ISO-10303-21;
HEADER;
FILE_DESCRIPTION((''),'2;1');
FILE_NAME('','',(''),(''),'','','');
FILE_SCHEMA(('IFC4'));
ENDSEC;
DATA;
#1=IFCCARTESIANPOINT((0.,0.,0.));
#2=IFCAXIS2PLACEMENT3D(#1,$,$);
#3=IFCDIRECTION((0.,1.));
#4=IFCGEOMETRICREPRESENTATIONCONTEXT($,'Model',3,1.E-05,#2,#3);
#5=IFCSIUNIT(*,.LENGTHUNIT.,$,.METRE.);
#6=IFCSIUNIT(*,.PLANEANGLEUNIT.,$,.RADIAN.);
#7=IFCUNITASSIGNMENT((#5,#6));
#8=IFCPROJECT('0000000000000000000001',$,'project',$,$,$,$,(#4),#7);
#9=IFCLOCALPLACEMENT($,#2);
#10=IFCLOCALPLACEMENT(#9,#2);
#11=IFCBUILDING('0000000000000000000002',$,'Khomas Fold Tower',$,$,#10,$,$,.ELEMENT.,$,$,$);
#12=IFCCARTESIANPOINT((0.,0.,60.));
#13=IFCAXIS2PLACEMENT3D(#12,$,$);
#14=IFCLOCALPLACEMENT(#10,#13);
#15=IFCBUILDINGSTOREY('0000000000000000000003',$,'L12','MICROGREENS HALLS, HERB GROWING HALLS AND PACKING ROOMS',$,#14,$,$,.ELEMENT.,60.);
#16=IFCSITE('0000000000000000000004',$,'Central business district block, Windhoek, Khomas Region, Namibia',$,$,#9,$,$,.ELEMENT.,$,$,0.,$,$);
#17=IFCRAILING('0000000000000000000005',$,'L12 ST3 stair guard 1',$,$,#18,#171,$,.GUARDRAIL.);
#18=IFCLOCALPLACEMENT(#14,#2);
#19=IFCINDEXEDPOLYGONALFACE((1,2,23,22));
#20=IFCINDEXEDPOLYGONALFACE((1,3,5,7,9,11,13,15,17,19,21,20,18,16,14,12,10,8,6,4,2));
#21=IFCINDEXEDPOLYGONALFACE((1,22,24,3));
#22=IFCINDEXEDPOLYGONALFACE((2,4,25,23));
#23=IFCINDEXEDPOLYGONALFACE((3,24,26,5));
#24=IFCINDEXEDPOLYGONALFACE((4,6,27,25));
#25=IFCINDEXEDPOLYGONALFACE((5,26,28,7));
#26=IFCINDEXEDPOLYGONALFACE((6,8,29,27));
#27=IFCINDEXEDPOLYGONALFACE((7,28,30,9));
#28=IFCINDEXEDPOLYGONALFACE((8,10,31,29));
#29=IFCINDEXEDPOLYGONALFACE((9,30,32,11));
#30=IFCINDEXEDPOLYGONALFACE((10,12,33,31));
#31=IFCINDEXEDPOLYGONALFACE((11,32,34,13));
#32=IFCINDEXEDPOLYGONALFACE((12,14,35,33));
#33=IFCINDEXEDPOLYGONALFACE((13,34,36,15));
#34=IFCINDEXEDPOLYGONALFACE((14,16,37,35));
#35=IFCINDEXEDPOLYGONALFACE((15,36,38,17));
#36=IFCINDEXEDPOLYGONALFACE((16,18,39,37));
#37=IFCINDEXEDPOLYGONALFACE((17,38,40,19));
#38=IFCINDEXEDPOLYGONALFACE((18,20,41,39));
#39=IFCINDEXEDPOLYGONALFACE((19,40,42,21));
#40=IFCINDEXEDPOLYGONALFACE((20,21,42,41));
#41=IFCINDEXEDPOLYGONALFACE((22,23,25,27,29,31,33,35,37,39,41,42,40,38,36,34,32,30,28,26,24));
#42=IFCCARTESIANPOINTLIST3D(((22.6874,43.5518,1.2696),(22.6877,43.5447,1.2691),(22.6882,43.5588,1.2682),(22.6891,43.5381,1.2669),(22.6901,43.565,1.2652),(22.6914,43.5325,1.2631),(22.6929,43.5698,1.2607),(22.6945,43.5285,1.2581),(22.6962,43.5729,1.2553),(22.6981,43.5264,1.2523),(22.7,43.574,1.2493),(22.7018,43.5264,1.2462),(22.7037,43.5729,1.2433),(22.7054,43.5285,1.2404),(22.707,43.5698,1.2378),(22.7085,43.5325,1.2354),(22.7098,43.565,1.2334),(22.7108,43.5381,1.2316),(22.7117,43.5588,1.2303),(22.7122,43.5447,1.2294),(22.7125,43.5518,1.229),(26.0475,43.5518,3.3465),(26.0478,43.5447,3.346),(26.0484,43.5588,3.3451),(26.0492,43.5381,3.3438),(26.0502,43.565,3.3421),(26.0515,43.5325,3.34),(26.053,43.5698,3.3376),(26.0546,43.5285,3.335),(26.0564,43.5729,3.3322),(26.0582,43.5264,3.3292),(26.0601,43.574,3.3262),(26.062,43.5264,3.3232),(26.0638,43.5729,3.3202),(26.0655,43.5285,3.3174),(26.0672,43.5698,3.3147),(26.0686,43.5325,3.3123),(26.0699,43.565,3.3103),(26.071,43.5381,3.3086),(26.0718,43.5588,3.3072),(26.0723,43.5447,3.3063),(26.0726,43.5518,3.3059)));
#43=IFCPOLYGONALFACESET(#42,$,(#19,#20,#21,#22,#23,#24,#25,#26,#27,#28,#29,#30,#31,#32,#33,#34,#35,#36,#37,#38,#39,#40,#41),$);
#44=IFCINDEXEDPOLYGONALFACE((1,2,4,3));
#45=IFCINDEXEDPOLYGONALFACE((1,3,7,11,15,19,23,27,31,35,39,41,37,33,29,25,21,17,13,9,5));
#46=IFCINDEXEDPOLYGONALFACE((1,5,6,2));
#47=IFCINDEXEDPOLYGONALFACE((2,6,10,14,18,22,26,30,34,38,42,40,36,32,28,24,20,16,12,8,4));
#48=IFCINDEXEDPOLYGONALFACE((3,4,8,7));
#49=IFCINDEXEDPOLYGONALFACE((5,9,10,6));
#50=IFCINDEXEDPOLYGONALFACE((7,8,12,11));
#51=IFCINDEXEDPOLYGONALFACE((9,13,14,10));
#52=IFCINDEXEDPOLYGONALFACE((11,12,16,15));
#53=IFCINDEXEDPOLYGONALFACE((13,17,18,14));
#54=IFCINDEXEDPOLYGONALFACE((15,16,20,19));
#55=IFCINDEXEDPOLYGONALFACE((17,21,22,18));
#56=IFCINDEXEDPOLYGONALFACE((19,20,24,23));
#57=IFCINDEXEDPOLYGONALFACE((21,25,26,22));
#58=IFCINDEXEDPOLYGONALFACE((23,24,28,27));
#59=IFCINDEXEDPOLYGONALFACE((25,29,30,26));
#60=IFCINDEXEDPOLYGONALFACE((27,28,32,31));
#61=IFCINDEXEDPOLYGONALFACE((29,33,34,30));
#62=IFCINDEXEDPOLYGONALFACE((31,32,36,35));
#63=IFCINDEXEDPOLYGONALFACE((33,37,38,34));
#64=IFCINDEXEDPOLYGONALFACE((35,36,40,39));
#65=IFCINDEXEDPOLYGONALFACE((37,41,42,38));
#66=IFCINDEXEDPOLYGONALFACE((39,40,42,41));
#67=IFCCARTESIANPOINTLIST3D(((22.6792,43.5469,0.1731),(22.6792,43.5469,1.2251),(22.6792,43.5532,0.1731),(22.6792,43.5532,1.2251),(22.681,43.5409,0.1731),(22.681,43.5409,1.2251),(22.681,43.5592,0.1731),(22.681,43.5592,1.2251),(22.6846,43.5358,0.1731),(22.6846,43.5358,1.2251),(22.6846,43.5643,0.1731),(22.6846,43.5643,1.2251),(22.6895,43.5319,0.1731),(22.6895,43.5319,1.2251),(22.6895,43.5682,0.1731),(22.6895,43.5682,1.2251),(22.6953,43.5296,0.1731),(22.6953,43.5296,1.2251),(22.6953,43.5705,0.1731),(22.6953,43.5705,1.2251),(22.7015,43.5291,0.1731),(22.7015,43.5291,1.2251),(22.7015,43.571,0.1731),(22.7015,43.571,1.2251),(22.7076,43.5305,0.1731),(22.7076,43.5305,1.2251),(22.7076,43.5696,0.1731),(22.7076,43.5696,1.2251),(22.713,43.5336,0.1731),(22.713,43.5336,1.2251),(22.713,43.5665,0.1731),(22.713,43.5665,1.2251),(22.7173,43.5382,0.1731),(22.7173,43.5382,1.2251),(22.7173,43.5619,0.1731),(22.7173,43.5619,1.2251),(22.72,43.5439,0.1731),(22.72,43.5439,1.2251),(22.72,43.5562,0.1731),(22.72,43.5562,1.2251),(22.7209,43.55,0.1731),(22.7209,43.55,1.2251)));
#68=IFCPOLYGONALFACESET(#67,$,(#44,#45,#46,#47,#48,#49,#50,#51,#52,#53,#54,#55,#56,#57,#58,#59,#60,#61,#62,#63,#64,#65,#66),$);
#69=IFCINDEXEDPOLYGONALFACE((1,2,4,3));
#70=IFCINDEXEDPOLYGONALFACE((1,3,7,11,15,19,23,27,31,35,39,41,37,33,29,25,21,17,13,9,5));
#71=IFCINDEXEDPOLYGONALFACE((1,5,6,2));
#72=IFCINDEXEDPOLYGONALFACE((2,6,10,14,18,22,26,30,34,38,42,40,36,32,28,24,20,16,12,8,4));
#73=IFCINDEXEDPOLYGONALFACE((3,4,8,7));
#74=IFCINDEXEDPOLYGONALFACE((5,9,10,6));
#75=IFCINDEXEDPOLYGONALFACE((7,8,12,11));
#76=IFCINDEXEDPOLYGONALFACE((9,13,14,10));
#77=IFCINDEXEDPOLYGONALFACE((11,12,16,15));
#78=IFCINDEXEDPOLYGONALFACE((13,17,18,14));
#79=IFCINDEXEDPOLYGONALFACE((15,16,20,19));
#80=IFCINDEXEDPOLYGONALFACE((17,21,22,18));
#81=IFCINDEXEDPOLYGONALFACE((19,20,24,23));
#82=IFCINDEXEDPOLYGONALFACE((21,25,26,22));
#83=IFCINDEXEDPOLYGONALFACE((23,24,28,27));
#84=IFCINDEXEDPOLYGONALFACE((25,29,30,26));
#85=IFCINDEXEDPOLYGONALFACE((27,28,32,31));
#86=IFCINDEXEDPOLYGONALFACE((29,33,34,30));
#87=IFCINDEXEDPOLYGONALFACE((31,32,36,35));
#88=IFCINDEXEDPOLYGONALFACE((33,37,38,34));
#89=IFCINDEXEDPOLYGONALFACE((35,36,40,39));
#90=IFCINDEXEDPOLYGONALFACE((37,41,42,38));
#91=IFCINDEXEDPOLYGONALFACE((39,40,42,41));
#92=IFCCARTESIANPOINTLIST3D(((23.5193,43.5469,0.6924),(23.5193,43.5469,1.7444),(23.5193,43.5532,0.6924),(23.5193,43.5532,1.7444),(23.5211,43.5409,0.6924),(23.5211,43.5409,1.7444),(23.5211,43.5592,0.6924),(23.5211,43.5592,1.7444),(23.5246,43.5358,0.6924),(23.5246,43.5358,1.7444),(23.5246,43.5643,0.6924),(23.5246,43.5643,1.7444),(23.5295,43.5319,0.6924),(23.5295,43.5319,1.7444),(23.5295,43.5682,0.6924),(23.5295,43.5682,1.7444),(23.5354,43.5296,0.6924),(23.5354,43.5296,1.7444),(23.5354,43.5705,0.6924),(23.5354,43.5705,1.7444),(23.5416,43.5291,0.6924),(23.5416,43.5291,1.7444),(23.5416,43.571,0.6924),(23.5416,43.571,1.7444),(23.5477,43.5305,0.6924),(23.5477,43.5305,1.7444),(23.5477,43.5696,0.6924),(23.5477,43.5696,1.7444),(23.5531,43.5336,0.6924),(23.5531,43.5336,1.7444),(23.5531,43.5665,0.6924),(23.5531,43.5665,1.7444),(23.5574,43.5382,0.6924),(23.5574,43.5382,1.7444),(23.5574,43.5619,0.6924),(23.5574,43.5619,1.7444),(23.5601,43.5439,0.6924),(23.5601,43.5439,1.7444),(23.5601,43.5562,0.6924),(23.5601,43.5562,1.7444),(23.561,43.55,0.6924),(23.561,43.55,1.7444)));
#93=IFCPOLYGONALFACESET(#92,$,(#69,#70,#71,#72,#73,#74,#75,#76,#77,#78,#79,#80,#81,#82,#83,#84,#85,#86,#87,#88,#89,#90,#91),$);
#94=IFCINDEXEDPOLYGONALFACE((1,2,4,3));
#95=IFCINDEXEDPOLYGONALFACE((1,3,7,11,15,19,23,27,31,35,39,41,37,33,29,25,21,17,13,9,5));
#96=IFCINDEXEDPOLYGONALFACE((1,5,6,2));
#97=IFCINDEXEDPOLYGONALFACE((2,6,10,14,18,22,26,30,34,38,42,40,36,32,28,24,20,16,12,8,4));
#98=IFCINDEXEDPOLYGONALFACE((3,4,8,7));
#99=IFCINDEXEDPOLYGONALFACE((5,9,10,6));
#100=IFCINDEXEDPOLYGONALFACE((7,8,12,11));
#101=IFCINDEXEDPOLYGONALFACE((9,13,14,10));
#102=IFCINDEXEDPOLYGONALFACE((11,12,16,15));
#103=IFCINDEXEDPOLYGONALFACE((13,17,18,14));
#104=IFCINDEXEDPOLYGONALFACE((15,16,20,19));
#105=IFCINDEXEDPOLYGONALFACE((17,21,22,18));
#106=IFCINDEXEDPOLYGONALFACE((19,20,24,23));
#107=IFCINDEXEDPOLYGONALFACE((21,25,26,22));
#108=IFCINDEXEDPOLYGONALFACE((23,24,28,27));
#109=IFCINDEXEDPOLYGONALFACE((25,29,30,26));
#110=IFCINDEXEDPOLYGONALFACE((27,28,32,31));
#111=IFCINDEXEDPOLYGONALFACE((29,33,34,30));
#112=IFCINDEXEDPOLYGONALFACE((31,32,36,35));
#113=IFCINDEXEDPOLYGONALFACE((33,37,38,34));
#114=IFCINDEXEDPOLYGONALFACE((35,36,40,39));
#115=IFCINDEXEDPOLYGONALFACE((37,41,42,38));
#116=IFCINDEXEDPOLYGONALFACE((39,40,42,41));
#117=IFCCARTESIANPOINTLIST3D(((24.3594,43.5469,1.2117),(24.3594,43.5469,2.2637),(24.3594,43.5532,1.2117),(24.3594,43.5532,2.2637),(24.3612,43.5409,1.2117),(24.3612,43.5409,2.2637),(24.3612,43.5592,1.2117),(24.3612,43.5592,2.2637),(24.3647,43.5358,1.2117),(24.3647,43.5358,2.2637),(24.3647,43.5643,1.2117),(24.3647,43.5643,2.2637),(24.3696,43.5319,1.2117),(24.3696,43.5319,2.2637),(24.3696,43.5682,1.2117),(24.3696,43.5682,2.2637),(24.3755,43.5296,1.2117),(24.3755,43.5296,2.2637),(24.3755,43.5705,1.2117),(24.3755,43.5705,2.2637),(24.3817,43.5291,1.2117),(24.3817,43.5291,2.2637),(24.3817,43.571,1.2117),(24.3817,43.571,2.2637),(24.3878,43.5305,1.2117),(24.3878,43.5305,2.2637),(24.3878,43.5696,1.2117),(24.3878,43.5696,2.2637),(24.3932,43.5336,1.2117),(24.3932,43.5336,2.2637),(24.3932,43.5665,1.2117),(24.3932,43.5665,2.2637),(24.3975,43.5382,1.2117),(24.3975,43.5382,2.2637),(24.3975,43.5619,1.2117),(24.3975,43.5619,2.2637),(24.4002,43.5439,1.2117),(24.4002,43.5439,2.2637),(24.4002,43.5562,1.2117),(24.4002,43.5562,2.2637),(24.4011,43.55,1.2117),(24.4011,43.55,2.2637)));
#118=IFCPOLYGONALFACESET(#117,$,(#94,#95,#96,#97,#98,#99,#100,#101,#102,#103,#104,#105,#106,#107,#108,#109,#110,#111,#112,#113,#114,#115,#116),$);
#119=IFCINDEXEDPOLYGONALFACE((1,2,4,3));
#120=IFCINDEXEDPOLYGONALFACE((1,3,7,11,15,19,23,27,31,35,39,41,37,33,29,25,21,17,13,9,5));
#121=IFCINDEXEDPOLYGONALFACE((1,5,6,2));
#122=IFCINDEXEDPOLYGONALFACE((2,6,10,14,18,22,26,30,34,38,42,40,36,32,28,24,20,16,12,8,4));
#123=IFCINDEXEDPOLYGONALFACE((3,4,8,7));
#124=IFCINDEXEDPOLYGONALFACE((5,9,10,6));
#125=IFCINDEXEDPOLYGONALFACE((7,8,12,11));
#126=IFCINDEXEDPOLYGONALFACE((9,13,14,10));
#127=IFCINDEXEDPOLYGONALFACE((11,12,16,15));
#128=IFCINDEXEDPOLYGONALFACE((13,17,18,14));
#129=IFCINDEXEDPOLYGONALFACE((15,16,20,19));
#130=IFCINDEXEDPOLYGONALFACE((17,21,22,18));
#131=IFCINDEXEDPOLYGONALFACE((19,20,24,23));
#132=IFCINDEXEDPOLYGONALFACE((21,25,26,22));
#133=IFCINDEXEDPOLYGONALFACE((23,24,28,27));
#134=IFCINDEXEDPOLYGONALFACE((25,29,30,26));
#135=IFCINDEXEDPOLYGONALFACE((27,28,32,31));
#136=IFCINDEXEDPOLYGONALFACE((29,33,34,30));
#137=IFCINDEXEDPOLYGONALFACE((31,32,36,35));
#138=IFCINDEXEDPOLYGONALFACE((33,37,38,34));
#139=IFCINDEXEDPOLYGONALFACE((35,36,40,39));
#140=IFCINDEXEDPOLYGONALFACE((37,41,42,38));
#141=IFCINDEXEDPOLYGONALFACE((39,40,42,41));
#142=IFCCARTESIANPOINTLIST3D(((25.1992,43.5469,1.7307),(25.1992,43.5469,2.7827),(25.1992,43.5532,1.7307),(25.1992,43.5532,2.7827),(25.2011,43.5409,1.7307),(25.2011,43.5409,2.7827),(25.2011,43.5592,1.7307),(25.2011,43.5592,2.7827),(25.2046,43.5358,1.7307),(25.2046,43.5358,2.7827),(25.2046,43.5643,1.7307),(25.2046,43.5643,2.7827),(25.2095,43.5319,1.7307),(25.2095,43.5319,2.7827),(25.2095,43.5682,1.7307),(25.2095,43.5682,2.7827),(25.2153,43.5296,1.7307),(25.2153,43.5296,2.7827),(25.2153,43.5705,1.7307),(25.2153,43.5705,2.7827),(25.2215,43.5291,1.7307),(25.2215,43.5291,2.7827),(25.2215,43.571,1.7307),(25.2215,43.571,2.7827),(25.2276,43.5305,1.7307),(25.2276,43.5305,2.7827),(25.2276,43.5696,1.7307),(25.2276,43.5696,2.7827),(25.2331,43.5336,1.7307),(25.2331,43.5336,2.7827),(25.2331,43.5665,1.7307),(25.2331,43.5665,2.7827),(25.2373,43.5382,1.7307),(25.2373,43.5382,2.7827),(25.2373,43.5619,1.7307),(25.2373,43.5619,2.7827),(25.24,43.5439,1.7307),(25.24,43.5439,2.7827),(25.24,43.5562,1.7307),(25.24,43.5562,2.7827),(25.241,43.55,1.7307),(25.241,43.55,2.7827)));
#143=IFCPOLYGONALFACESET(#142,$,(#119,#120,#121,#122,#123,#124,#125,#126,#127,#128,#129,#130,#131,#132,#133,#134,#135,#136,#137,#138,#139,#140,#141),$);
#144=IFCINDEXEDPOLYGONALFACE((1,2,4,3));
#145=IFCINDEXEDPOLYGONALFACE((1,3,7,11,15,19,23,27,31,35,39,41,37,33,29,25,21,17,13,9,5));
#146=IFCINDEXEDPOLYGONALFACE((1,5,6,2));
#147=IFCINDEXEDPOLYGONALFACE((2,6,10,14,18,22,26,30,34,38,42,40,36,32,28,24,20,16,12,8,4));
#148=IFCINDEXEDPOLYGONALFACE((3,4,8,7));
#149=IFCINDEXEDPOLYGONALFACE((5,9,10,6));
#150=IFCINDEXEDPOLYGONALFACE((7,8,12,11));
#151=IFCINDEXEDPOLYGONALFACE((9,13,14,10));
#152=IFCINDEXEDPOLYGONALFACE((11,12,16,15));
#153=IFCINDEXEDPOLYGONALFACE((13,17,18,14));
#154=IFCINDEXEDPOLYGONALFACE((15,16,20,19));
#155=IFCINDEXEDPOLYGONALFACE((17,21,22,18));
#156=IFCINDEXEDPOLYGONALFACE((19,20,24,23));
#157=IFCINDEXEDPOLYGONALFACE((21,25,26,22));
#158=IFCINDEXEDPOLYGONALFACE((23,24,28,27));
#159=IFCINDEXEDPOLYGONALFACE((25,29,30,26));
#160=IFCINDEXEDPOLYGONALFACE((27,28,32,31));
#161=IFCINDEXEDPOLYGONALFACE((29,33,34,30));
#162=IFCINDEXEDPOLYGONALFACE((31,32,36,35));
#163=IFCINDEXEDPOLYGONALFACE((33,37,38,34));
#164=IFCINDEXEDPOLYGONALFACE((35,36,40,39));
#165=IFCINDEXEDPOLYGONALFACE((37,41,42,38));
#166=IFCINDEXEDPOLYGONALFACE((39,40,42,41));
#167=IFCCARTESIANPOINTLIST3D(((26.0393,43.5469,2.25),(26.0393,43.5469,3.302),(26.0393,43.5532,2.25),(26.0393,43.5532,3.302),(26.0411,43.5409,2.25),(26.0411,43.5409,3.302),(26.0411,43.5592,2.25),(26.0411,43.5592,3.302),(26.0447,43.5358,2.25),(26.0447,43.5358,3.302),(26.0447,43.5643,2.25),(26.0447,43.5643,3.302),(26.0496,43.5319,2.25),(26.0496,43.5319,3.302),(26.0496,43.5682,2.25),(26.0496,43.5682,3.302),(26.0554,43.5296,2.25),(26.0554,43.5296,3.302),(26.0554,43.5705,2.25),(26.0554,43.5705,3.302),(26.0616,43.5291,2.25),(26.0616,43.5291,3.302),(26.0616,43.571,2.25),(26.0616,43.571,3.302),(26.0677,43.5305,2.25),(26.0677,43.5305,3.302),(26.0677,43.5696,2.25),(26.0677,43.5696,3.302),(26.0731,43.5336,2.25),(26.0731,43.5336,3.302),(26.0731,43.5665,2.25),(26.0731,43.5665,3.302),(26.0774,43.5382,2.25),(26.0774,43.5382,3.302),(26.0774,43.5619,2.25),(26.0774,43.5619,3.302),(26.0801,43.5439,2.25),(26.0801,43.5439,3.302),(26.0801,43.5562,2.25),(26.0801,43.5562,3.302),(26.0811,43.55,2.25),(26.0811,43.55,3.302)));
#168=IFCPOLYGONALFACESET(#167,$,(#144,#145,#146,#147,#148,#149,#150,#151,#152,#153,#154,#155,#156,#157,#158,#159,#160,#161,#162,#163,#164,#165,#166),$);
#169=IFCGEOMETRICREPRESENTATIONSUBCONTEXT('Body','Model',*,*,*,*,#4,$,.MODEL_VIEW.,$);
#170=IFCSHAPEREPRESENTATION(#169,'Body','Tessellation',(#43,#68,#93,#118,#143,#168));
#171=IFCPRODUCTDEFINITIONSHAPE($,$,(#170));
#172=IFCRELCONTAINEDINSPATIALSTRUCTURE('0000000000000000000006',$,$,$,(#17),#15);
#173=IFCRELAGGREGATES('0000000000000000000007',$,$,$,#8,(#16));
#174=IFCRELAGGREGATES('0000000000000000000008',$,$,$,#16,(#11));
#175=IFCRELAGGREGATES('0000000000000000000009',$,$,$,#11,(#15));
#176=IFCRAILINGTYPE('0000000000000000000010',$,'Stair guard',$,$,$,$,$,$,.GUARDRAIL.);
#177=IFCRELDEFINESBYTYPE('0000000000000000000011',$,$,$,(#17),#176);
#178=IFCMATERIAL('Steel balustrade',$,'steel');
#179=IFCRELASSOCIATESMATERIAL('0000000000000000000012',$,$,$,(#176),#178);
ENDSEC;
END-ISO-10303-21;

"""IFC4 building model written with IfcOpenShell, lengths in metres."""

from ifc_helpers import new_model, si_unit, direction, frame, origin, origin_2d, place, context, subcontext, project, spatial, circle, extrude, source, transform, mapped, material, type_object, element, save


model = new_model("IFC4")

# Units and contexts
model_context = context("Model", 3, precision=1e-05, world=origin(), true_north=direction((0.0, 1.0)))
body_context = subcontext(model_context, "Body", "Model", "MODEL_VIEW")
ifc_project = project(units=[si_unit("LENGTHUNIT", "METRE"), si_unit("PLANEANGLEUNIT", "RADIAN")], contexts=[model_context])

# Site, building, storey
site_placement = place(None, origin())
site = spatial("IfcSite", under=ifc_project, at=site_placement, Name="Central business district block, Windhoek, Khomas Region, Namibia", CompositionType="ELEMENT", RefElevation=0.0)
building_placement = place(site_placement, origin())
building = spatial("IfcBuilding", under=site, at=building_placement, Name="Khomas Fold Tower", CompositionType="ELEMENT")
storey_placement = place(building_placement, frame((0.0, 0.0, 60.0)))
storey = spatial("IfcBuildingStorey", under=building, at=storey_placement, Name="L12", Description="MICROGREENS HALLS, HERB GROWING HALLS AND PACKING ROOMS", CompositionType="ELEMENT", Elevation=60.0)

# Railing
ifc_material_1 = material(Name="Steel balustrade", Category="steel")
railing_type_1 = type_object("IfcRailingType", Name="Stair guard", PredefinedType="GUARDRAIL", material=ifc_material_1)
shared_shape_1 = source(origin(), body_context, "Body", "SweptSolid", [
    extrude(circle(Radius=0.0239, at=origin_2d()), frame((0.0, 0.0, 1.0762), z_axis=(0.850623, 0.0, 0.525776), x_axis=(0.0, 1.0, 0.0)), (0.0, 0.0, 1.0), 3.9502),
    extrude(circle(Radius=0.021, at=origin_2d()), origin(), (0.0, 0.0, 1.0), 1.052),
    extrude(circle(Radius=0.021, at=origin_2d()), frame((0.8401, 0.0, 0.5193)), (0.0, 0.0, 1.0), 1.052),
    extrude(circle(Radius=0.021, at=origin_2d()), frame((1.6802, 0.0, 1.0386)), (0.0, 0.0, 1.0), 1.052),
    extrude(circle(Radius=0.021, at=origin_2d()), frame((2.52, 0.0, 1.5576)), (0.0, 0.0, 1.0), 1.052),
    extrude(circle(Radius=0.021, at=origin_2d()), frame((3.3601, 0.0, 2.0769)), (0.0, 0.0, 1.0), 1.052),
])
railing_1_placement = place(storey_placement, frame((22.7, 43.55, 0.1731)))
element("IfcRailing", 1, at=railing_1_placement, inside=storey, type_object=railing_type_1, Name="L12 ST3 stair guard 1", PredefinedType="GUARDRAIL", context=body_context, shape_type="MappedRepresentation", body=[
    mapped(shared_shape_1, transform((0.0, 0.0, 0.0))),
])

save(model, "model.ifc")
